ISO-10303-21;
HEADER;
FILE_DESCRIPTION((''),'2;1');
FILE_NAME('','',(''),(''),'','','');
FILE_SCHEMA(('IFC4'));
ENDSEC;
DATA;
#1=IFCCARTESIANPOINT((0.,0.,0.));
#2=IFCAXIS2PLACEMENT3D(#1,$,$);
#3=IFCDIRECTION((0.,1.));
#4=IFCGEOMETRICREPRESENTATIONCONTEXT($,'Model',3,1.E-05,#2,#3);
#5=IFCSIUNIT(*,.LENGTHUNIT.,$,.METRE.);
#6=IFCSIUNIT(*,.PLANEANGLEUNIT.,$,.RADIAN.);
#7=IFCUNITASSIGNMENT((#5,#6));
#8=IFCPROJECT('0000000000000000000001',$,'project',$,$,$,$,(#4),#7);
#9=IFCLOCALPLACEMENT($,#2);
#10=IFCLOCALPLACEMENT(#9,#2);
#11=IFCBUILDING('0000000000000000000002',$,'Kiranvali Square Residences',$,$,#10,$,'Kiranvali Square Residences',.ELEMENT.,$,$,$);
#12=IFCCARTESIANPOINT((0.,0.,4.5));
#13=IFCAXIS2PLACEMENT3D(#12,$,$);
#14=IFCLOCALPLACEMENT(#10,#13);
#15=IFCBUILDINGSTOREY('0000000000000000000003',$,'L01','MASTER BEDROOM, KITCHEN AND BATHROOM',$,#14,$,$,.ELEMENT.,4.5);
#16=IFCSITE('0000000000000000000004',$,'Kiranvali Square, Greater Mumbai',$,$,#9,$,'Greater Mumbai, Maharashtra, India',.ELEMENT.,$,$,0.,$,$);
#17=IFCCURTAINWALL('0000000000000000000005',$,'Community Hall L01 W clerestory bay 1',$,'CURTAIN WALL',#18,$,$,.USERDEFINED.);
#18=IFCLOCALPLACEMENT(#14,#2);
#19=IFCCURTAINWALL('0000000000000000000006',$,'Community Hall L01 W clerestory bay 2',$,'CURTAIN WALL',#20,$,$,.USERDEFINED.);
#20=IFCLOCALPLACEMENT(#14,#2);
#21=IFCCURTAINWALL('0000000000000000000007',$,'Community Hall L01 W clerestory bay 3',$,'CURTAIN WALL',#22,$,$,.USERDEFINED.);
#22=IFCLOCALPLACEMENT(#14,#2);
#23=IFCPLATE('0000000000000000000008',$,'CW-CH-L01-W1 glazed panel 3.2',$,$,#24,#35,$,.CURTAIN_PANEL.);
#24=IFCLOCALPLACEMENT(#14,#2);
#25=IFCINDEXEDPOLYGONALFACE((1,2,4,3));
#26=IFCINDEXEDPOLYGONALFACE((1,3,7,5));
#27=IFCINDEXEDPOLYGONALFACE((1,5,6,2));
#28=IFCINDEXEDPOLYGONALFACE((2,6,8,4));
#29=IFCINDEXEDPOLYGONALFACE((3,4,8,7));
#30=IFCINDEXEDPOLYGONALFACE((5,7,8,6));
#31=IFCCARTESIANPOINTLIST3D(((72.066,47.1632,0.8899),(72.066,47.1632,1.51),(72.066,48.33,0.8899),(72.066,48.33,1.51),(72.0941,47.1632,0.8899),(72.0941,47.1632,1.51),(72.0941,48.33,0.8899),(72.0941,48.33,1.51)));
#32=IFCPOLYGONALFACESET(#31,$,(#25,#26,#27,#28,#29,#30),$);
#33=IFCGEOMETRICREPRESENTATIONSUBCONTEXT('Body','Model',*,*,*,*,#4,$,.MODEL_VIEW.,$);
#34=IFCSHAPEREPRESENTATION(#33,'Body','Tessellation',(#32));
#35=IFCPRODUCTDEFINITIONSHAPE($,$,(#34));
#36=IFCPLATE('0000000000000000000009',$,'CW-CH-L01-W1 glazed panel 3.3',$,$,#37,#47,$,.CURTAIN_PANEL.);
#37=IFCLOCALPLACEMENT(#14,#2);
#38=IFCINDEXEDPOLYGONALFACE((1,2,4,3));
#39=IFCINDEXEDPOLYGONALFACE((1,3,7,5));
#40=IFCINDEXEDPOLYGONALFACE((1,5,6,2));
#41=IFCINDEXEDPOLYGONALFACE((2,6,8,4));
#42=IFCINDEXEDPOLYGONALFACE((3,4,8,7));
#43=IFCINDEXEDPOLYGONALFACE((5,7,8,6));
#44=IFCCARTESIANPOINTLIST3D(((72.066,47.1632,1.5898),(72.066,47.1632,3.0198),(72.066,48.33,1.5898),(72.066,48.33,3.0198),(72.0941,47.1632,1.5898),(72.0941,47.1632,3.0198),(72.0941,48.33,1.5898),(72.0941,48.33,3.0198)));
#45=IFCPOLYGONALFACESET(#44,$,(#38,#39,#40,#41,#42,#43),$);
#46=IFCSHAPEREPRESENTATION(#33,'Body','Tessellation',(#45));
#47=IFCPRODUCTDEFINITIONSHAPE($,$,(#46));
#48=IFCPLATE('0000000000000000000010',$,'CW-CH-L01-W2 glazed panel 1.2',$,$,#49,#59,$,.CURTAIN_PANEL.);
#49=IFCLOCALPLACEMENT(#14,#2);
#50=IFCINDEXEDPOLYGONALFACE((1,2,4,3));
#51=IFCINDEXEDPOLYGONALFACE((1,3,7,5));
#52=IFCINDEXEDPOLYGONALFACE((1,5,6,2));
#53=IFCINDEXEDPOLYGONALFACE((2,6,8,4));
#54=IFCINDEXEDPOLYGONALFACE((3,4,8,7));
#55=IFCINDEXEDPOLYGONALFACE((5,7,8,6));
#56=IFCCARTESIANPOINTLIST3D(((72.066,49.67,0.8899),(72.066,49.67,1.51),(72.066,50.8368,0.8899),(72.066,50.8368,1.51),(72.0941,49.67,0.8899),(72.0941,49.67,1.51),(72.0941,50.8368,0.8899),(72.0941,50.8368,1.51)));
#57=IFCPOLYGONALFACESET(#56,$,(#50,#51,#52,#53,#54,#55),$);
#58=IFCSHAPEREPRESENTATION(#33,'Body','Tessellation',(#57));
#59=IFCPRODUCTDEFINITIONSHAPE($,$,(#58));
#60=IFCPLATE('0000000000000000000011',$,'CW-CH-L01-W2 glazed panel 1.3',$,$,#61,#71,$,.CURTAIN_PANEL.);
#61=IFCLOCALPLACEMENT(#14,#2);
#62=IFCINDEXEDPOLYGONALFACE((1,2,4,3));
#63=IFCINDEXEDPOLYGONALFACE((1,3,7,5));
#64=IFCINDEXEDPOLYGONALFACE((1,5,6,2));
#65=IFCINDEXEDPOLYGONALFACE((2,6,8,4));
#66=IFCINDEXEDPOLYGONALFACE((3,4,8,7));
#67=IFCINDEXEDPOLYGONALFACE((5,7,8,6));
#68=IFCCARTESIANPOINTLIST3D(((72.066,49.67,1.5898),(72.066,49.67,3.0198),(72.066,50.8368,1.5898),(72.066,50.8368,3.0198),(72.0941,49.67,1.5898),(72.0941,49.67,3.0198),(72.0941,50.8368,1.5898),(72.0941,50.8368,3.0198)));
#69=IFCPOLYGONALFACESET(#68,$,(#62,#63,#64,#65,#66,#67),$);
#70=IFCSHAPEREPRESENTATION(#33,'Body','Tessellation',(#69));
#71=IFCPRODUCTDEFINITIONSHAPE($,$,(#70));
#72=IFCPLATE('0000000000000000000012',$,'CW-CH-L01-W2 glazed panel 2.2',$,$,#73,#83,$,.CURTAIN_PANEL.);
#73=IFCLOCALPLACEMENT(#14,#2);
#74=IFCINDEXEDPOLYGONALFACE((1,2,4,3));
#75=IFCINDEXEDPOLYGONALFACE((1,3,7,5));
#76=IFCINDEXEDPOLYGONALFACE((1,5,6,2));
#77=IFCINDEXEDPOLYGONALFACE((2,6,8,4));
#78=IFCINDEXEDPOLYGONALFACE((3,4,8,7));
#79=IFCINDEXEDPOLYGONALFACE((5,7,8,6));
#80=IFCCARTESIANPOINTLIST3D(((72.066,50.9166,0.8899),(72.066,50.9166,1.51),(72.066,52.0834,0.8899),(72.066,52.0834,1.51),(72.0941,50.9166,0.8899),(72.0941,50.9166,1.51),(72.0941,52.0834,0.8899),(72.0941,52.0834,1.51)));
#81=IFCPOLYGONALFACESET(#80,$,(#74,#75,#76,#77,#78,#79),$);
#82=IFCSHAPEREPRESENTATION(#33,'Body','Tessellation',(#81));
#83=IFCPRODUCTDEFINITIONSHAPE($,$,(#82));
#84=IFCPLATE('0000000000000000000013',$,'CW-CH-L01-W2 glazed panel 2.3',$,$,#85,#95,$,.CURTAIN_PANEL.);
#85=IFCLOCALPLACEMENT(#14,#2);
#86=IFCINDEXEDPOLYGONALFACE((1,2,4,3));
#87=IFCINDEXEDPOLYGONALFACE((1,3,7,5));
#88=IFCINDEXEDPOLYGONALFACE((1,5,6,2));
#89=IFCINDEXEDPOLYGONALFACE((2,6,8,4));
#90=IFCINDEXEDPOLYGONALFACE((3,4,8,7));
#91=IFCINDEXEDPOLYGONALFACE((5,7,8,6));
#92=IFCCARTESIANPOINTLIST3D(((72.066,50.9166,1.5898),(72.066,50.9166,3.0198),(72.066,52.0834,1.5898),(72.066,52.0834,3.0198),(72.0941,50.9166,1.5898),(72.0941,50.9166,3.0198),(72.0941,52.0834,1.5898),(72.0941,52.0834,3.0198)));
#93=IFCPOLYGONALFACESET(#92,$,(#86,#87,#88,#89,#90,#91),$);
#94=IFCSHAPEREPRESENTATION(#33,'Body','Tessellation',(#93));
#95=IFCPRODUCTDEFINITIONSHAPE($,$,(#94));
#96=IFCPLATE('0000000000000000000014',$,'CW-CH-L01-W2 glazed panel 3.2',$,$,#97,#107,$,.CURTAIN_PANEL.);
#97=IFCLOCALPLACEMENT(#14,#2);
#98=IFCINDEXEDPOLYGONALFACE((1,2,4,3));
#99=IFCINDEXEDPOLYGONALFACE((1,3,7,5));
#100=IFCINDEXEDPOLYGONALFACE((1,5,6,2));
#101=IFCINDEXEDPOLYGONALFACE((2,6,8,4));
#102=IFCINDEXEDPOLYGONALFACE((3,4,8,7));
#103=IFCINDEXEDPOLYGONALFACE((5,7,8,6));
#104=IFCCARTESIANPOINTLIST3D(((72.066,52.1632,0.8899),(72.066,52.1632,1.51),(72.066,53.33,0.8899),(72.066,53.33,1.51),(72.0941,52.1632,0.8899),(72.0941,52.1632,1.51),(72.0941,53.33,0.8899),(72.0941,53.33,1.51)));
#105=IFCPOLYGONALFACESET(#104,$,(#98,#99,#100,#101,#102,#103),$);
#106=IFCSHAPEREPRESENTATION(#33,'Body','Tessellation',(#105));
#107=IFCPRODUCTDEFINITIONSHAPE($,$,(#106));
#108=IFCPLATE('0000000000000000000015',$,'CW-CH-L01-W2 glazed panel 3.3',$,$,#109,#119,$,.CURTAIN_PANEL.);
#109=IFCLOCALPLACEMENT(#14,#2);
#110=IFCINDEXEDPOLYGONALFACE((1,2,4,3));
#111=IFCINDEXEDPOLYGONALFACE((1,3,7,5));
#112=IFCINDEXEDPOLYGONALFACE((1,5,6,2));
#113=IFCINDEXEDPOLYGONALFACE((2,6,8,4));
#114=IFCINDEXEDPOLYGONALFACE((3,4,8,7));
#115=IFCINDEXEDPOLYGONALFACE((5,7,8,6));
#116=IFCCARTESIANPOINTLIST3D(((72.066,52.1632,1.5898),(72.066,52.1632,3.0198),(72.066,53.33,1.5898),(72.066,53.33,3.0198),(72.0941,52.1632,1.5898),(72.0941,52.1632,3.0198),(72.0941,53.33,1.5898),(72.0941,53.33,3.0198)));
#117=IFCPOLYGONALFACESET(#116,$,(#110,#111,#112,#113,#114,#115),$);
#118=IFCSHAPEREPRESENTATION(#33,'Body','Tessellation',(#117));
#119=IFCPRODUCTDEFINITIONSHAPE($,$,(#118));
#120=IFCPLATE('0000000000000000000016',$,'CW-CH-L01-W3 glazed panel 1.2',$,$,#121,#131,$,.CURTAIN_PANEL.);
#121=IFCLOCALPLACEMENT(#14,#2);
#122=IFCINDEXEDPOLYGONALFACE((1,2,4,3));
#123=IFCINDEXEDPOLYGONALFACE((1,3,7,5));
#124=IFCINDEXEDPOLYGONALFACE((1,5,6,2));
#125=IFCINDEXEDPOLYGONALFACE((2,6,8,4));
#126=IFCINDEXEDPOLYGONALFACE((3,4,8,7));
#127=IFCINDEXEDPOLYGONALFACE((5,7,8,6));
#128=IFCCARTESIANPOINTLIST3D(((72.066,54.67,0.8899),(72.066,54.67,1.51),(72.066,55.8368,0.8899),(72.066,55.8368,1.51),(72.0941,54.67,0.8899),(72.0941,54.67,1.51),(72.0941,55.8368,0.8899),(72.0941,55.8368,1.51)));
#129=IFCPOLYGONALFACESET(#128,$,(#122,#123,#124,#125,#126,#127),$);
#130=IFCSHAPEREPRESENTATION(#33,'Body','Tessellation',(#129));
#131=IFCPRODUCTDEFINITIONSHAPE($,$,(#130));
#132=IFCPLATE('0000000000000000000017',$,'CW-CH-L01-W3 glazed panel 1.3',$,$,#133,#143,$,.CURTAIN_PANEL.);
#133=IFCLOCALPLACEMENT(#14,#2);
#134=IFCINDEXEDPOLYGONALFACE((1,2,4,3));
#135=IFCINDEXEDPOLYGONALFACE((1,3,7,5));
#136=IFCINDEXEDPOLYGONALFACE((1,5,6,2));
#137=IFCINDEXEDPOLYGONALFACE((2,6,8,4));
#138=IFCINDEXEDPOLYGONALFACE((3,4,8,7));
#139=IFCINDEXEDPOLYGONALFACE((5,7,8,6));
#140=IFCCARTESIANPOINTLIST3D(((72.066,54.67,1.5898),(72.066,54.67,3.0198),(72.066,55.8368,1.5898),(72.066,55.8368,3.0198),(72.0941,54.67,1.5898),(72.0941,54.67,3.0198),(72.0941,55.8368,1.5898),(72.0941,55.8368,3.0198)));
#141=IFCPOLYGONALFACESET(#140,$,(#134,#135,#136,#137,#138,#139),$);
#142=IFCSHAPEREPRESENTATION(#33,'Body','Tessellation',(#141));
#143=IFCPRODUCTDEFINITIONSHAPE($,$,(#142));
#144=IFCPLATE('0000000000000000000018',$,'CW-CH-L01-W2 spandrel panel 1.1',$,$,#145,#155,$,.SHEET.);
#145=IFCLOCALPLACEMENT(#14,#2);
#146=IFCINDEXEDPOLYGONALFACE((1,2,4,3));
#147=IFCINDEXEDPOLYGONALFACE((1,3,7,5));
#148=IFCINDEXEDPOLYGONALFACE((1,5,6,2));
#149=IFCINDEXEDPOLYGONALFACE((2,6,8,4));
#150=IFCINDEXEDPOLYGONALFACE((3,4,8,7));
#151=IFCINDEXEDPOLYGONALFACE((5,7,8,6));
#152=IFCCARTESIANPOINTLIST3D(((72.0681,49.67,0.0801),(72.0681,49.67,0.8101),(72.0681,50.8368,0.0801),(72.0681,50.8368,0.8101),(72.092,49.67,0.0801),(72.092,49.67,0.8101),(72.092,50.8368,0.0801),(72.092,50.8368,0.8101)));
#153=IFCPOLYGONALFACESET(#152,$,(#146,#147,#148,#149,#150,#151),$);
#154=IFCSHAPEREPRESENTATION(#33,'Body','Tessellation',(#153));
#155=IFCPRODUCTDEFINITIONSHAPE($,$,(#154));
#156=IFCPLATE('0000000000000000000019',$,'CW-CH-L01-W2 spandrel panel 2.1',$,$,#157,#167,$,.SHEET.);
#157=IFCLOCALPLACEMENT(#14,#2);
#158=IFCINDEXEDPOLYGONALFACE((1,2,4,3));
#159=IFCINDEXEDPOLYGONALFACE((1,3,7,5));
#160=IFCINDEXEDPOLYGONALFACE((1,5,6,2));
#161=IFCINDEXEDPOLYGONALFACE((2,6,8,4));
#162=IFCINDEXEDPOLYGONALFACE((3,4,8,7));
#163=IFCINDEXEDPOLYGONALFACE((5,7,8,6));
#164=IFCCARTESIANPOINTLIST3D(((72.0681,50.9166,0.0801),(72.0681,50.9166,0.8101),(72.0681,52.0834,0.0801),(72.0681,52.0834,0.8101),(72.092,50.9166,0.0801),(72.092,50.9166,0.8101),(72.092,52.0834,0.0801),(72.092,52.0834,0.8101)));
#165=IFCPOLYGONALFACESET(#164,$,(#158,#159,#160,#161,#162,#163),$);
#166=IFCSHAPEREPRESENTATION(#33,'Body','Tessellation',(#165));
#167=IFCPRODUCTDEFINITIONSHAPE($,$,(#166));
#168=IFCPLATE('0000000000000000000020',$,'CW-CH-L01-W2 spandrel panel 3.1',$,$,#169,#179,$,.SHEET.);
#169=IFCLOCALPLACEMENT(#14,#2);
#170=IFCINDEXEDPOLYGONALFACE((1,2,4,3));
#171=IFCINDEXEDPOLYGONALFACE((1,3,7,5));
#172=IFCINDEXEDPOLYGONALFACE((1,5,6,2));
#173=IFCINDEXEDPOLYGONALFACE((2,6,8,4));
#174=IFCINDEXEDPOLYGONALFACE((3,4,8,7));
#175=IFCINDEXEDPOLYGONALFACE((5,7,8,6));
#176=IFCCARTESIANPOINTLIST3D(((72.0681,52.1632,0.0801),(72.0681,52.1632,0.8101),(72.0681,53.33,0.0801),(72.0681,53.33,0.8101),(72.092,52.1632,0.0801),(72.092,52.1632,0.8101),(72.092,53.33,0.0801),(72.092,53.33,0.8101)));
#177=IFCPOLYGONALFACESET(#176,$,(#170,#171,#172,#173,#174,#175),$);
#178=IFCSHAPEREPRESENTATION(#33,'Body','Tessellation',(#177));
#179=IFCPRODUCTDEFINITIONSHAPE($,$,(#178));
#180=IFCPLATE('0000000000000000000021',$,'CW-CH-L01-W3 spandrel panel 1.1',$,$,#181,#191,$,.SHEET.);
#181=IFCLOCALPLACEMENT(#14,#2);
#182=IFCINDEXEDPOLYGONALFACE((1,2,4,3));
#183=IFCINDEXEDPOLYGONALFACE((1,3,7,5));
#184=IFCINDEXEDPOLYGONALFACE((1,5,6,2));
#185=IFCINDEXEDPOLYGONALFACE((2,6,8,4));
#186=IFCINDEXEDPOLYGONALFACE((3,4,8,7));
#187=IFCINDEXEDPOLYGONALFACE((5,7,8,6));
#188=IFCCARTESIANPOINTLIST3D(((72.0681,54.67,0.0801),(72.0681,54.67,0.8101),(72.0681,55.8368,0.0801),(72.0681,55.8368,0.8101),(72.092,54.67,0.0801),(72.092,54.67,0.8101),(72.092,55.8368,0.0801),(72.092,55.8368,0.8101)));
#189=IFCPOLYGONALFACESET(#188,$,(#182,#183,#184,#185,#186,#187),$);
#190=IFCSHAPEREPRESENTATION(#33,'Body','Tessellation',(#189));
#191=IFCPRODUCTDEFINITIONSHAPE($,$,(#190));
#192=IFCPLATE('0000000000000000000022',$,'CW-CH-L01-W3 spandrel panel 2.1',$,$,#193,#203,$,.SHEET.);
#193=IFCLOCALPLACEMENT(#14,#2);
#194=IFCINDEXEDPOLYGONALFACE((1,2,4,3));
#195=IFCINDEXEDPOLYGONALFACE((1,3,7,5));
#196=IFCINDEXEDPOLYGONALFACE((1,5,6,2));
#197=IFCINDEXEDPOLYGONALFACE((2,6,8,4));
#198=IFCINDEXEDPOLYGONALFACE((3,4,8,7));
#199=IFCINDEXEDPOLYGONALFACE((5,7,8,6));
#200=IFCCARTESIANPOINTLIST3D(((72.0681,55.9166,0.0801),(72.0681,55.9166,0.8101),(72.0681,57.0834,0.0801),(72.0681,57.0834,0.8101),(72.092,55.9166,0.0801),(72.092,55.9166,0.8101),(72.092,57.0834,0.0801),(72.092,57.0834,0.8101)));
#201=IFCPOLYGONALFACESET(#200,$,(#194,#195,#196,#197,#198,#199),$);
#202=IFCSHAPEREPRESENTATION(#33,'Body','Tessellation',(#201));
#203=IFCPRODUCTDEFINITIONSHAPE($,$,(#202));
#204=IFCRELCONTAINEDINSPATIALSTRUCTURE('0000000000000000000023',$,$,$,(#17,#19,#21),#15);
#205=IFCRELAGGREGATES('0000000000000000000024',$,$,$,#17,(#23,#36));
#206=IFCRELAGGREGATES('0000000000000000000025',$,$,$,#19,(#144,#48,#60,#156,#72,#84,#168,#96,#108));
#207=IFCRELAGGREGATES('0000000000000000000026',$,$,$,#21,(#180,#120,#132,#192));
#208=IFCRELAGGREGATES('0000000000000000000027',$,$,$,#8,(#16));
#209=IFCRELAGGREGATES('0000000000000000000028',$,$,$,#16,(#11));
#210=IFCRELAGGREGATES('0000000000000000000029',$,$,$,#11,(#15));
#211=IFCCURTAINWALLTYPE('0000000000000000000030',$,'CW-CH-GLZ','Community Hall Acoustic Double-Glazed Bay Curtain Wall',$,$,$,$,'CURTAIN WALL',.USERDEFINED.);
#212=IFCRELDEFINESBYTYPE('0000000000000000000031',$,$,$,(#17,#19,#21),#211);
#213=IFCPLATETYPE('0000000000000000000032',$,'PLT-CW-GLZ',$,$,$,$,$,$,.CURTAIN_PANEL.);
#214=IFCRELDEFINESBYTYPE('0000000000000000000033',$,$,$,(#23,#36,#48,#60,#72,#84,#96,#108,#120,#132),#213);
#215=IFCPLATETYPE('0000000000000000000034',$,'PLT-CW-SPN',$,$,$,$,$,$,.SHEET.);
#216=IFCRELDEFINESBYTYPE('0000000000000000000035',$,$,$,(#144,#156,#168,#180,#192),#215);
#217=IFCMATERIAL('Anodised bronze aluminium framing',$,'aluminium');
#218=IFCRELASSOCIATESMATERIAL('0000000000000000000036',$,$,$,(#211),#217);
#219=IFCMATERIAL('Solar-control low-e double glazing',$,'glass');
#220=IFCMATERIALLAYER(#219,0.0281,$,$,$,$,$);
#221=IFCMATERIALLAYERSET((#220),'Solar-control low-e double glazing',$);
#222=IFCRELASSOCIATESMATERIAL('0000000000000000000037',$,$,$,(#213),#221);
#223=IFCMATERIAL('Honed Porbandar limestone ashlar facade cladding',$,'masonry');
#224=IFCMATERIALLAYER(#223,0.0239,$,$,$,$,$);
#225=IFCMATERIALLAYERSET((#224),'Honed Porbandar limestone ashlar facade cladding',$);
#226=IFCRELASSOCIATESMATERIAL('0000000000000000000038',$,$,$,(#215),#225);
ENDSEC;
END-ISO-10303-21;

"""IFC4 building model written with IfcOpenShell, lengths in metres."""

from ifc_helpers import new_model, si_unit, direction, frame, origin, origin_2d, place, context, subcontext, project, spatial, rectangle, extrude, material, layer, layer_set, type_object, element, aggregate, save


model = new_model("IFC4")

# Units and contexts
model_context = context("Model", 3, precision=1e-05, world=origin(), true_north=direction((0.0, 1.0)))
body_context = subcontext(model_context, "Body", "Model", "MODEL_VIEW")
ifc_project = project(units=[si_unit("LENGTHUNIT", "METRE"), si_unit("PLANEANGLEUNIT", "RADIAN")], contexts=[model_context])

# Site, building, storey
site_placement = place(None, origin())
site = spatial("IfcSite", under=ifc_project, at=site_placement, Name="Kiranvali Square, Greater Mumbai", LongName="Greater Mumbai, Maharashtra, India", CompositionType="ELEMENT", RefElevation=0.0)
building_placement = place(site_placement, origin())
building = spatial("IfcBuilding", under=site, at=building_placement, Name="Kiranvali Square Residences", LongName="Kiranvali Square Residences", CompositionType="ELEMENT")
storey_placement = place(building_placement, frame((0.0, 0.0, 4.5)))
storey = spatial("IfcBuildingStorey", under=building, at=storey_placement, Name="L01", Description="MASTER BEDROOM, KITCHEN AND BATHROOM", CompositionType="ELEMENT", Elevation=4.5)

# Curtain wall
ifc_material_1 = material(Name="Anodised bronze aluminium framing", Category="aluminium")
curtain_wall_type = type_object("IfcCurtainWallType", Name="CW-CH-GLZ", Description="Community Hall Acoustic Double-Glazed Bay Curtain Wall", ElementType="CURTAIN WALL", PredefinedType="USERDEFINED", material=ifc_material_1)
curtain_wall_1_placement = place(storey_placement, origin())
curtain_wall_1 = element("IfcCurtainWall", 1, at=curtain_wall_1_placement, inside=storey, type_object=curtain_wall_type, Name="Community Hall L01 W clerestory bay 1", ObjectType="CURTAIN WALL", PredefinedType="USERDEFINED")

# Curtain walls
curtain_wall_2_placement = place(storey_placement, origin())
curtain_wall_2 = element("IfcCurtainWall", 2, at=curtain_wall_2_placement, inside=storey, type_object=curtain_wall_type, Name="Community Hall L01 W clerestory bay 2", ObjectType="CURTAIN WALL", PredefinedType="USERDEFINED")
curtain_wall_3_placement = place(storey_placement, origin())
curtain_wall_3 = element("IfcCurtainWall", 3, at=curtain_wall_3_placement, inside=storey, type_object=curtain_wall_type, Name="Community Hall L01 W clerestory bay 3", ObjectType="CURTAIN WALL", PredefinedType="USERDEFINED")

# Plates
ifc_material_2 = material(Name="Solar-control low-e double glazing", Category="glass")
ifc_layer_1 = layer(ifc_material_2, 0.0281)
ifc_layer_set_1 = layer_set([ifc_layer_1], Name="Solar-control low-e double glazing")
plate_type_1 = type_object("IfcPlateType", Name="PLT-CW-GLZ", PredefinedType="CURTAIN_PANEL", material=ifc_layer_set_1)
plate_1_placement = place(storey_placement, frame((72.0801, 47.7466, 0.8899), z_axis=(0.0, 0.0, 1.0), x_axis=(0.0, 1.0, 0.0)))
plate_1 = element("IfcPlate", 4, at=plate_1_placement, type_object=plate_type_1, Name="CW-CH-L01-W1 glazed panel 3.2", PredefinedType="CURTAIN_PANEL", context=body_context, shape_type="SweptSolid", body=[
    extrude(rectangle(XDim=1.1667, YDim=0.0281, at=origin_2d()), origin(), (0.0, 0.0, 1.0), 0.6201),
])
plate_2_placement = place(storey_placement, frame((72.0801, 47.7466, 1.5898), z_axis=(0.0, 0.0, 1.0), x_axis=(0.0, 1.0, 0.0)))
plate_2 = element("IfcPlate", 5, at=plate_2_placement, type_object=plate_type_1, Name="CW-CH-L01-W1 glazed panel 3.3", PredefinedType="CURTAIN_PANEL", context=body_context, shape_type="SweptSolid", body=[
    extrude(rectangle(XDim=1.1667, YDim=0.0281, at=origin_2d()), origin(), (0.0, 0.0, 1.0), 1.4299),
])
aggregate(curtain_wall_1, [plate_1, plate_2])
plate_3_placement = place(storey_placement, frame((72.0801, 50.2534, 0.8899), z_axis=(0.0, 0.0, 1.0), x_axis=(0.0, 1.0, 0.0)))
plate_3 = element("IfcPlate", 6, at=plate_3_placement, type_object=plate_type_1, Name="CW-CH-L01-W2 glazed panel 1.2", PredefinedType="CURTAIN_PANEL", context=body_context, shape_type="SweptSolid", body=[
    extrude(rectangle(XDim=1.1667, YDim=0.0281, at=origin_2d()), origin(), (0.0, 0.0, 1.0), 0.6201),
])
plate_4_placement = place(storey_placement, frame((72.0801, 50.2534, 1.5898), z_axis=(0.0, 0.0, 1.0), x_axis=(0.0, 1.0, 0.0)))
plate_4 = element("IfcPlate", 7, at=plate_4_placement, type_object=plate_type_1, Name="CW-CH-L01-W2 glazed panel 1.3", PredefinedType="CURTAIN_PANEL", context=body_context, shape_type="SweptSolid", body=[
    extrude(rectangle(XDim=1.1667, YDim=0.0281, at=origin_2d()), origin(), (0.0, 0.0, 1.0), 1.4299),
])
plate_5_placement = place(storey_placement, frame((72.0801, 51.5, 0.8899), z_axis=(0.0, 0.0, 1.0), x_axis=(0.0, 1.0, 0.0)))
plate_5 = element("IfcPlate", 8, at=plate_5_placement, type_object=plate_type_1, Name="CW-CH-L01-W2 glazed panel 2.2", PredefinedType="CURTAIN_PANEL", context=body_context, shape_type="SweptSolid", body=[
    extrude(rectangle(XDim=1.1667, YDim=0.0281, at=origin_2d()), origin(), (0.0, 0.0, 1.0), 0.6201),
])
plate_6_placement = place(storey_placement, frame((72.0801, 51.5, 1.5898), z_axis=(0.0, 0.0, 1.0), x_axis=(0.0, 1.0, 0.0)))
plate_6 = element("IfcPlate", 9, at=plate_6_placement, type_object=plate_type_1, Name="CW-CH-L01-W2 glazed panel 2.3", PredefinedType="CURTAIN_PANEL", context=body_context, shape_type="SweptSolid", body=[
    extrude(rectangle(XDim=1.1667, YDim=0.0281, at=origin_2d()), origin(), (0.0, 0.0, 1.0), 1.4299),
])
plate_7_placement = place(storey_placement, frame((72.0801, 52.7466, 0.8899), z_axis=(0.0, 0.0, 1.0), x_axis=(0.0, 1.0, 0.0)))
plate_7 = element("IfcPlate", 10, at=plate_7_placement, type_object=plate_type_1, Name="CW-CH-L01-W2 glazed panel 3.2", PredefinedType="CURTAIN_PANEL", context=body_context, shape_type="SweptSolid", body=[
    extrude(rectangle(XDim=1.1667, YDim=0.0281, at=origin_2d()), origin(), (0.0, 0.0, 1.0), 0.6201),
])
plate_8_placement = place(storey_placement, frame((72.0801, 52.7466, 1.5898), z_axis=(0.0, 0.0, 1.0), x_axis=(0.0, 1.0, 0.0)))
plate_8 = element("IfcPlate", 11, at=plate_8_placement, type_object=plate_type_1, Name="CW-CH-L01-W2 glazed panel 3.3", PredefinedType="CURTAIN_PANEL", context=body_context, shape_type="SweptSolid", body=[
    extrude(rectangle(XDim=1.1667, YDim=0.0281, at=origin_2d()), origin(), (0.0, 0.0, 1.0), 1.4299),
])
plate_9_placement = place(storey_placement, frame((72.0801, 55.2534, 0.8899), z_axis=(0.0, 0.0, 1.0), x_axis=(0.0, 1.0, 0.0)))
plate_9 = element("IfcPlate", 12, at=plate_9_placement, type_object=plate_type_1, Name="CW-CH-L01-W3 glazed panel 1.2", PredefinedType="CURTAIN_PANEL", context=body_context, shape_type="SweptSolid", body=[
    extrude(rectangle(XDim=1.1667, YDim=0.0281, at=origin_2d()), origin(), (0.0, 0.0, 1.0), 0.6201),
])
plate_10_placement = place(storey_placement, frame((72.0801, 55.2534, 1.5898), z_axis=(0.0, 0.0, 1.0), x_axis=(0.0, 1.0, 0.0)))
plate_10 = element("IfcPlate", 13, at=plate_10_placement, type_object=plate_type_1, Name="CW-CH-L01-W3 glazed panel 1.3", PredefinedType="CURTAIN_PANEL", context=body_context, shape_type="SweptSolid", body=[
    extrude(rectangle(XDim=1.1667, YDim=0.0281, at=origin_2d()), origin(), (0.0, 0.0, 1.0), 1.4299),
])
ifc_material_3 = material(Name="Honed Porbandar limestone ashlar facade cladding", Category="masonry")
ifc_layer_2 = layer(ifc_material_3, 0.0239)
ifc_layer_set_2 = layer_set([ifc_layer_2], Name="Honed Porbandar limestone ashlar facade cladding")
plate_type_2 = type_object("IfcPlateType", Name="PLT-CW-SPN", PredefinedType="SHEET", material=ifc_layer_set_2)
plate_11_placement = place(storey_placement, frame((72.0801, 50.2534, 0.0801), z_axis=(0.0, 0.0, 1.0), x_axis=(0.0, 1.0, 0.0)))
plate_11 = element("IfcPlate", 14, at=plate_11_placement, type_object=plate_type_2, Name="CW-CH-L01-W2 spandrel panel 1.1", PredefinedType="SHEET", context=body_context, shape_type="SweptSolid", body=[
    extrude(rectangle(XDim=1.1667, YDim=0.0239, at=origin_2d()), origin(), (0.0, 0.0, 1.0), 0.73),
])
plate_12_placement = place(storey_placement, frame((72.0801, 51.5, 0.0801), z_axis=(0.0, 0.0, 1.0), x_axis=(0.0, 1.0, 0.0)))
plate_12 = element("IfcPlate", 15, at=plate_12_placement, type_object=plate_type_2, Name="CW-CH-L01-W2 spandrel panel 2.1", PredefinedType="SHEET", context=body_context, shape_type="SweptSolid", body=[
    extrude(rectangle(XDim=1.1667, YDim=0.0239, at=origin_2d()), origin(), (0.0, 0.0, 1.0), 0.73),
])
plate_13_placement = place(storey_placement, frame((72.0801, 52.7466, 0.0801), z_axis=(0.0, 0.0, 1.0), x_axis=(0.0, 1.0, 0.0)))
plate_13 = element("IfcPlate", 16, at=plate_13_placement, type_object=plate_type_2, Name="CW-CH-L01-W2 spandrel panel 3.1", PredefinedType="SHEET", context=body_context, shape_type="SweptSolid", body=[
    extrude(rectangle(XDim=1.1667, YDim=0.0239, at=origin_2d()), origin(), (0.0, 0.0, 1.0), 0.73),
])
aggregate(curtain_wall_2, [plate_11, plate_3, plate_4, plate_12, plate_5, plate_6, plate_13, plate_7, plate_8])
plate_14_placement = place(storey_placement, frame((72.0801, 55.2534, 0.0801), z_axis=(0.0, 0.0, 1.0), x_axis=(0.0, 1.0, 0.0)))
plate_14 = element("IfcPlate", 17, at=plate_14_placement, type_object=plate_type_2, Name="CW-CH-L01-W3 spandrel panel 1.1", PredefinedType="SHEET", context=body_context, shape_type="SweptSolid", body=[
    extrude(rectangle(XDim=1.1667, YDim=0.0239, at=origin_2d()), origin(), (0.0, 0.0, 1.0), 0.73),
])
plate_15_placement = place(storey_placement, frame((72.0801, 56.5, 0.0801), z_axis=(0.0, 0.0, 1.0), x_axis=(0.0, 1.0, 0.0)))
plate_15 = element("IfcPlate", 18, at=plate_15_placement, type_object=plate_type_2, Name="CW-CH-L01-W3 spandrel panel 2.1", PredefinedType="SHEET", context=body_context, shape_type="SweptSolid", body=[
    extrude(rectangle(XDim=1.1667, YDim=0.0239, at=origin_2d()), origin(), (0.0, 0.0, 1.0), 0.73),
])
aggregate(curtain_wall_3, [plate_14, plate_9, plate_10, plate_15])

save(model, "model.ifc")
